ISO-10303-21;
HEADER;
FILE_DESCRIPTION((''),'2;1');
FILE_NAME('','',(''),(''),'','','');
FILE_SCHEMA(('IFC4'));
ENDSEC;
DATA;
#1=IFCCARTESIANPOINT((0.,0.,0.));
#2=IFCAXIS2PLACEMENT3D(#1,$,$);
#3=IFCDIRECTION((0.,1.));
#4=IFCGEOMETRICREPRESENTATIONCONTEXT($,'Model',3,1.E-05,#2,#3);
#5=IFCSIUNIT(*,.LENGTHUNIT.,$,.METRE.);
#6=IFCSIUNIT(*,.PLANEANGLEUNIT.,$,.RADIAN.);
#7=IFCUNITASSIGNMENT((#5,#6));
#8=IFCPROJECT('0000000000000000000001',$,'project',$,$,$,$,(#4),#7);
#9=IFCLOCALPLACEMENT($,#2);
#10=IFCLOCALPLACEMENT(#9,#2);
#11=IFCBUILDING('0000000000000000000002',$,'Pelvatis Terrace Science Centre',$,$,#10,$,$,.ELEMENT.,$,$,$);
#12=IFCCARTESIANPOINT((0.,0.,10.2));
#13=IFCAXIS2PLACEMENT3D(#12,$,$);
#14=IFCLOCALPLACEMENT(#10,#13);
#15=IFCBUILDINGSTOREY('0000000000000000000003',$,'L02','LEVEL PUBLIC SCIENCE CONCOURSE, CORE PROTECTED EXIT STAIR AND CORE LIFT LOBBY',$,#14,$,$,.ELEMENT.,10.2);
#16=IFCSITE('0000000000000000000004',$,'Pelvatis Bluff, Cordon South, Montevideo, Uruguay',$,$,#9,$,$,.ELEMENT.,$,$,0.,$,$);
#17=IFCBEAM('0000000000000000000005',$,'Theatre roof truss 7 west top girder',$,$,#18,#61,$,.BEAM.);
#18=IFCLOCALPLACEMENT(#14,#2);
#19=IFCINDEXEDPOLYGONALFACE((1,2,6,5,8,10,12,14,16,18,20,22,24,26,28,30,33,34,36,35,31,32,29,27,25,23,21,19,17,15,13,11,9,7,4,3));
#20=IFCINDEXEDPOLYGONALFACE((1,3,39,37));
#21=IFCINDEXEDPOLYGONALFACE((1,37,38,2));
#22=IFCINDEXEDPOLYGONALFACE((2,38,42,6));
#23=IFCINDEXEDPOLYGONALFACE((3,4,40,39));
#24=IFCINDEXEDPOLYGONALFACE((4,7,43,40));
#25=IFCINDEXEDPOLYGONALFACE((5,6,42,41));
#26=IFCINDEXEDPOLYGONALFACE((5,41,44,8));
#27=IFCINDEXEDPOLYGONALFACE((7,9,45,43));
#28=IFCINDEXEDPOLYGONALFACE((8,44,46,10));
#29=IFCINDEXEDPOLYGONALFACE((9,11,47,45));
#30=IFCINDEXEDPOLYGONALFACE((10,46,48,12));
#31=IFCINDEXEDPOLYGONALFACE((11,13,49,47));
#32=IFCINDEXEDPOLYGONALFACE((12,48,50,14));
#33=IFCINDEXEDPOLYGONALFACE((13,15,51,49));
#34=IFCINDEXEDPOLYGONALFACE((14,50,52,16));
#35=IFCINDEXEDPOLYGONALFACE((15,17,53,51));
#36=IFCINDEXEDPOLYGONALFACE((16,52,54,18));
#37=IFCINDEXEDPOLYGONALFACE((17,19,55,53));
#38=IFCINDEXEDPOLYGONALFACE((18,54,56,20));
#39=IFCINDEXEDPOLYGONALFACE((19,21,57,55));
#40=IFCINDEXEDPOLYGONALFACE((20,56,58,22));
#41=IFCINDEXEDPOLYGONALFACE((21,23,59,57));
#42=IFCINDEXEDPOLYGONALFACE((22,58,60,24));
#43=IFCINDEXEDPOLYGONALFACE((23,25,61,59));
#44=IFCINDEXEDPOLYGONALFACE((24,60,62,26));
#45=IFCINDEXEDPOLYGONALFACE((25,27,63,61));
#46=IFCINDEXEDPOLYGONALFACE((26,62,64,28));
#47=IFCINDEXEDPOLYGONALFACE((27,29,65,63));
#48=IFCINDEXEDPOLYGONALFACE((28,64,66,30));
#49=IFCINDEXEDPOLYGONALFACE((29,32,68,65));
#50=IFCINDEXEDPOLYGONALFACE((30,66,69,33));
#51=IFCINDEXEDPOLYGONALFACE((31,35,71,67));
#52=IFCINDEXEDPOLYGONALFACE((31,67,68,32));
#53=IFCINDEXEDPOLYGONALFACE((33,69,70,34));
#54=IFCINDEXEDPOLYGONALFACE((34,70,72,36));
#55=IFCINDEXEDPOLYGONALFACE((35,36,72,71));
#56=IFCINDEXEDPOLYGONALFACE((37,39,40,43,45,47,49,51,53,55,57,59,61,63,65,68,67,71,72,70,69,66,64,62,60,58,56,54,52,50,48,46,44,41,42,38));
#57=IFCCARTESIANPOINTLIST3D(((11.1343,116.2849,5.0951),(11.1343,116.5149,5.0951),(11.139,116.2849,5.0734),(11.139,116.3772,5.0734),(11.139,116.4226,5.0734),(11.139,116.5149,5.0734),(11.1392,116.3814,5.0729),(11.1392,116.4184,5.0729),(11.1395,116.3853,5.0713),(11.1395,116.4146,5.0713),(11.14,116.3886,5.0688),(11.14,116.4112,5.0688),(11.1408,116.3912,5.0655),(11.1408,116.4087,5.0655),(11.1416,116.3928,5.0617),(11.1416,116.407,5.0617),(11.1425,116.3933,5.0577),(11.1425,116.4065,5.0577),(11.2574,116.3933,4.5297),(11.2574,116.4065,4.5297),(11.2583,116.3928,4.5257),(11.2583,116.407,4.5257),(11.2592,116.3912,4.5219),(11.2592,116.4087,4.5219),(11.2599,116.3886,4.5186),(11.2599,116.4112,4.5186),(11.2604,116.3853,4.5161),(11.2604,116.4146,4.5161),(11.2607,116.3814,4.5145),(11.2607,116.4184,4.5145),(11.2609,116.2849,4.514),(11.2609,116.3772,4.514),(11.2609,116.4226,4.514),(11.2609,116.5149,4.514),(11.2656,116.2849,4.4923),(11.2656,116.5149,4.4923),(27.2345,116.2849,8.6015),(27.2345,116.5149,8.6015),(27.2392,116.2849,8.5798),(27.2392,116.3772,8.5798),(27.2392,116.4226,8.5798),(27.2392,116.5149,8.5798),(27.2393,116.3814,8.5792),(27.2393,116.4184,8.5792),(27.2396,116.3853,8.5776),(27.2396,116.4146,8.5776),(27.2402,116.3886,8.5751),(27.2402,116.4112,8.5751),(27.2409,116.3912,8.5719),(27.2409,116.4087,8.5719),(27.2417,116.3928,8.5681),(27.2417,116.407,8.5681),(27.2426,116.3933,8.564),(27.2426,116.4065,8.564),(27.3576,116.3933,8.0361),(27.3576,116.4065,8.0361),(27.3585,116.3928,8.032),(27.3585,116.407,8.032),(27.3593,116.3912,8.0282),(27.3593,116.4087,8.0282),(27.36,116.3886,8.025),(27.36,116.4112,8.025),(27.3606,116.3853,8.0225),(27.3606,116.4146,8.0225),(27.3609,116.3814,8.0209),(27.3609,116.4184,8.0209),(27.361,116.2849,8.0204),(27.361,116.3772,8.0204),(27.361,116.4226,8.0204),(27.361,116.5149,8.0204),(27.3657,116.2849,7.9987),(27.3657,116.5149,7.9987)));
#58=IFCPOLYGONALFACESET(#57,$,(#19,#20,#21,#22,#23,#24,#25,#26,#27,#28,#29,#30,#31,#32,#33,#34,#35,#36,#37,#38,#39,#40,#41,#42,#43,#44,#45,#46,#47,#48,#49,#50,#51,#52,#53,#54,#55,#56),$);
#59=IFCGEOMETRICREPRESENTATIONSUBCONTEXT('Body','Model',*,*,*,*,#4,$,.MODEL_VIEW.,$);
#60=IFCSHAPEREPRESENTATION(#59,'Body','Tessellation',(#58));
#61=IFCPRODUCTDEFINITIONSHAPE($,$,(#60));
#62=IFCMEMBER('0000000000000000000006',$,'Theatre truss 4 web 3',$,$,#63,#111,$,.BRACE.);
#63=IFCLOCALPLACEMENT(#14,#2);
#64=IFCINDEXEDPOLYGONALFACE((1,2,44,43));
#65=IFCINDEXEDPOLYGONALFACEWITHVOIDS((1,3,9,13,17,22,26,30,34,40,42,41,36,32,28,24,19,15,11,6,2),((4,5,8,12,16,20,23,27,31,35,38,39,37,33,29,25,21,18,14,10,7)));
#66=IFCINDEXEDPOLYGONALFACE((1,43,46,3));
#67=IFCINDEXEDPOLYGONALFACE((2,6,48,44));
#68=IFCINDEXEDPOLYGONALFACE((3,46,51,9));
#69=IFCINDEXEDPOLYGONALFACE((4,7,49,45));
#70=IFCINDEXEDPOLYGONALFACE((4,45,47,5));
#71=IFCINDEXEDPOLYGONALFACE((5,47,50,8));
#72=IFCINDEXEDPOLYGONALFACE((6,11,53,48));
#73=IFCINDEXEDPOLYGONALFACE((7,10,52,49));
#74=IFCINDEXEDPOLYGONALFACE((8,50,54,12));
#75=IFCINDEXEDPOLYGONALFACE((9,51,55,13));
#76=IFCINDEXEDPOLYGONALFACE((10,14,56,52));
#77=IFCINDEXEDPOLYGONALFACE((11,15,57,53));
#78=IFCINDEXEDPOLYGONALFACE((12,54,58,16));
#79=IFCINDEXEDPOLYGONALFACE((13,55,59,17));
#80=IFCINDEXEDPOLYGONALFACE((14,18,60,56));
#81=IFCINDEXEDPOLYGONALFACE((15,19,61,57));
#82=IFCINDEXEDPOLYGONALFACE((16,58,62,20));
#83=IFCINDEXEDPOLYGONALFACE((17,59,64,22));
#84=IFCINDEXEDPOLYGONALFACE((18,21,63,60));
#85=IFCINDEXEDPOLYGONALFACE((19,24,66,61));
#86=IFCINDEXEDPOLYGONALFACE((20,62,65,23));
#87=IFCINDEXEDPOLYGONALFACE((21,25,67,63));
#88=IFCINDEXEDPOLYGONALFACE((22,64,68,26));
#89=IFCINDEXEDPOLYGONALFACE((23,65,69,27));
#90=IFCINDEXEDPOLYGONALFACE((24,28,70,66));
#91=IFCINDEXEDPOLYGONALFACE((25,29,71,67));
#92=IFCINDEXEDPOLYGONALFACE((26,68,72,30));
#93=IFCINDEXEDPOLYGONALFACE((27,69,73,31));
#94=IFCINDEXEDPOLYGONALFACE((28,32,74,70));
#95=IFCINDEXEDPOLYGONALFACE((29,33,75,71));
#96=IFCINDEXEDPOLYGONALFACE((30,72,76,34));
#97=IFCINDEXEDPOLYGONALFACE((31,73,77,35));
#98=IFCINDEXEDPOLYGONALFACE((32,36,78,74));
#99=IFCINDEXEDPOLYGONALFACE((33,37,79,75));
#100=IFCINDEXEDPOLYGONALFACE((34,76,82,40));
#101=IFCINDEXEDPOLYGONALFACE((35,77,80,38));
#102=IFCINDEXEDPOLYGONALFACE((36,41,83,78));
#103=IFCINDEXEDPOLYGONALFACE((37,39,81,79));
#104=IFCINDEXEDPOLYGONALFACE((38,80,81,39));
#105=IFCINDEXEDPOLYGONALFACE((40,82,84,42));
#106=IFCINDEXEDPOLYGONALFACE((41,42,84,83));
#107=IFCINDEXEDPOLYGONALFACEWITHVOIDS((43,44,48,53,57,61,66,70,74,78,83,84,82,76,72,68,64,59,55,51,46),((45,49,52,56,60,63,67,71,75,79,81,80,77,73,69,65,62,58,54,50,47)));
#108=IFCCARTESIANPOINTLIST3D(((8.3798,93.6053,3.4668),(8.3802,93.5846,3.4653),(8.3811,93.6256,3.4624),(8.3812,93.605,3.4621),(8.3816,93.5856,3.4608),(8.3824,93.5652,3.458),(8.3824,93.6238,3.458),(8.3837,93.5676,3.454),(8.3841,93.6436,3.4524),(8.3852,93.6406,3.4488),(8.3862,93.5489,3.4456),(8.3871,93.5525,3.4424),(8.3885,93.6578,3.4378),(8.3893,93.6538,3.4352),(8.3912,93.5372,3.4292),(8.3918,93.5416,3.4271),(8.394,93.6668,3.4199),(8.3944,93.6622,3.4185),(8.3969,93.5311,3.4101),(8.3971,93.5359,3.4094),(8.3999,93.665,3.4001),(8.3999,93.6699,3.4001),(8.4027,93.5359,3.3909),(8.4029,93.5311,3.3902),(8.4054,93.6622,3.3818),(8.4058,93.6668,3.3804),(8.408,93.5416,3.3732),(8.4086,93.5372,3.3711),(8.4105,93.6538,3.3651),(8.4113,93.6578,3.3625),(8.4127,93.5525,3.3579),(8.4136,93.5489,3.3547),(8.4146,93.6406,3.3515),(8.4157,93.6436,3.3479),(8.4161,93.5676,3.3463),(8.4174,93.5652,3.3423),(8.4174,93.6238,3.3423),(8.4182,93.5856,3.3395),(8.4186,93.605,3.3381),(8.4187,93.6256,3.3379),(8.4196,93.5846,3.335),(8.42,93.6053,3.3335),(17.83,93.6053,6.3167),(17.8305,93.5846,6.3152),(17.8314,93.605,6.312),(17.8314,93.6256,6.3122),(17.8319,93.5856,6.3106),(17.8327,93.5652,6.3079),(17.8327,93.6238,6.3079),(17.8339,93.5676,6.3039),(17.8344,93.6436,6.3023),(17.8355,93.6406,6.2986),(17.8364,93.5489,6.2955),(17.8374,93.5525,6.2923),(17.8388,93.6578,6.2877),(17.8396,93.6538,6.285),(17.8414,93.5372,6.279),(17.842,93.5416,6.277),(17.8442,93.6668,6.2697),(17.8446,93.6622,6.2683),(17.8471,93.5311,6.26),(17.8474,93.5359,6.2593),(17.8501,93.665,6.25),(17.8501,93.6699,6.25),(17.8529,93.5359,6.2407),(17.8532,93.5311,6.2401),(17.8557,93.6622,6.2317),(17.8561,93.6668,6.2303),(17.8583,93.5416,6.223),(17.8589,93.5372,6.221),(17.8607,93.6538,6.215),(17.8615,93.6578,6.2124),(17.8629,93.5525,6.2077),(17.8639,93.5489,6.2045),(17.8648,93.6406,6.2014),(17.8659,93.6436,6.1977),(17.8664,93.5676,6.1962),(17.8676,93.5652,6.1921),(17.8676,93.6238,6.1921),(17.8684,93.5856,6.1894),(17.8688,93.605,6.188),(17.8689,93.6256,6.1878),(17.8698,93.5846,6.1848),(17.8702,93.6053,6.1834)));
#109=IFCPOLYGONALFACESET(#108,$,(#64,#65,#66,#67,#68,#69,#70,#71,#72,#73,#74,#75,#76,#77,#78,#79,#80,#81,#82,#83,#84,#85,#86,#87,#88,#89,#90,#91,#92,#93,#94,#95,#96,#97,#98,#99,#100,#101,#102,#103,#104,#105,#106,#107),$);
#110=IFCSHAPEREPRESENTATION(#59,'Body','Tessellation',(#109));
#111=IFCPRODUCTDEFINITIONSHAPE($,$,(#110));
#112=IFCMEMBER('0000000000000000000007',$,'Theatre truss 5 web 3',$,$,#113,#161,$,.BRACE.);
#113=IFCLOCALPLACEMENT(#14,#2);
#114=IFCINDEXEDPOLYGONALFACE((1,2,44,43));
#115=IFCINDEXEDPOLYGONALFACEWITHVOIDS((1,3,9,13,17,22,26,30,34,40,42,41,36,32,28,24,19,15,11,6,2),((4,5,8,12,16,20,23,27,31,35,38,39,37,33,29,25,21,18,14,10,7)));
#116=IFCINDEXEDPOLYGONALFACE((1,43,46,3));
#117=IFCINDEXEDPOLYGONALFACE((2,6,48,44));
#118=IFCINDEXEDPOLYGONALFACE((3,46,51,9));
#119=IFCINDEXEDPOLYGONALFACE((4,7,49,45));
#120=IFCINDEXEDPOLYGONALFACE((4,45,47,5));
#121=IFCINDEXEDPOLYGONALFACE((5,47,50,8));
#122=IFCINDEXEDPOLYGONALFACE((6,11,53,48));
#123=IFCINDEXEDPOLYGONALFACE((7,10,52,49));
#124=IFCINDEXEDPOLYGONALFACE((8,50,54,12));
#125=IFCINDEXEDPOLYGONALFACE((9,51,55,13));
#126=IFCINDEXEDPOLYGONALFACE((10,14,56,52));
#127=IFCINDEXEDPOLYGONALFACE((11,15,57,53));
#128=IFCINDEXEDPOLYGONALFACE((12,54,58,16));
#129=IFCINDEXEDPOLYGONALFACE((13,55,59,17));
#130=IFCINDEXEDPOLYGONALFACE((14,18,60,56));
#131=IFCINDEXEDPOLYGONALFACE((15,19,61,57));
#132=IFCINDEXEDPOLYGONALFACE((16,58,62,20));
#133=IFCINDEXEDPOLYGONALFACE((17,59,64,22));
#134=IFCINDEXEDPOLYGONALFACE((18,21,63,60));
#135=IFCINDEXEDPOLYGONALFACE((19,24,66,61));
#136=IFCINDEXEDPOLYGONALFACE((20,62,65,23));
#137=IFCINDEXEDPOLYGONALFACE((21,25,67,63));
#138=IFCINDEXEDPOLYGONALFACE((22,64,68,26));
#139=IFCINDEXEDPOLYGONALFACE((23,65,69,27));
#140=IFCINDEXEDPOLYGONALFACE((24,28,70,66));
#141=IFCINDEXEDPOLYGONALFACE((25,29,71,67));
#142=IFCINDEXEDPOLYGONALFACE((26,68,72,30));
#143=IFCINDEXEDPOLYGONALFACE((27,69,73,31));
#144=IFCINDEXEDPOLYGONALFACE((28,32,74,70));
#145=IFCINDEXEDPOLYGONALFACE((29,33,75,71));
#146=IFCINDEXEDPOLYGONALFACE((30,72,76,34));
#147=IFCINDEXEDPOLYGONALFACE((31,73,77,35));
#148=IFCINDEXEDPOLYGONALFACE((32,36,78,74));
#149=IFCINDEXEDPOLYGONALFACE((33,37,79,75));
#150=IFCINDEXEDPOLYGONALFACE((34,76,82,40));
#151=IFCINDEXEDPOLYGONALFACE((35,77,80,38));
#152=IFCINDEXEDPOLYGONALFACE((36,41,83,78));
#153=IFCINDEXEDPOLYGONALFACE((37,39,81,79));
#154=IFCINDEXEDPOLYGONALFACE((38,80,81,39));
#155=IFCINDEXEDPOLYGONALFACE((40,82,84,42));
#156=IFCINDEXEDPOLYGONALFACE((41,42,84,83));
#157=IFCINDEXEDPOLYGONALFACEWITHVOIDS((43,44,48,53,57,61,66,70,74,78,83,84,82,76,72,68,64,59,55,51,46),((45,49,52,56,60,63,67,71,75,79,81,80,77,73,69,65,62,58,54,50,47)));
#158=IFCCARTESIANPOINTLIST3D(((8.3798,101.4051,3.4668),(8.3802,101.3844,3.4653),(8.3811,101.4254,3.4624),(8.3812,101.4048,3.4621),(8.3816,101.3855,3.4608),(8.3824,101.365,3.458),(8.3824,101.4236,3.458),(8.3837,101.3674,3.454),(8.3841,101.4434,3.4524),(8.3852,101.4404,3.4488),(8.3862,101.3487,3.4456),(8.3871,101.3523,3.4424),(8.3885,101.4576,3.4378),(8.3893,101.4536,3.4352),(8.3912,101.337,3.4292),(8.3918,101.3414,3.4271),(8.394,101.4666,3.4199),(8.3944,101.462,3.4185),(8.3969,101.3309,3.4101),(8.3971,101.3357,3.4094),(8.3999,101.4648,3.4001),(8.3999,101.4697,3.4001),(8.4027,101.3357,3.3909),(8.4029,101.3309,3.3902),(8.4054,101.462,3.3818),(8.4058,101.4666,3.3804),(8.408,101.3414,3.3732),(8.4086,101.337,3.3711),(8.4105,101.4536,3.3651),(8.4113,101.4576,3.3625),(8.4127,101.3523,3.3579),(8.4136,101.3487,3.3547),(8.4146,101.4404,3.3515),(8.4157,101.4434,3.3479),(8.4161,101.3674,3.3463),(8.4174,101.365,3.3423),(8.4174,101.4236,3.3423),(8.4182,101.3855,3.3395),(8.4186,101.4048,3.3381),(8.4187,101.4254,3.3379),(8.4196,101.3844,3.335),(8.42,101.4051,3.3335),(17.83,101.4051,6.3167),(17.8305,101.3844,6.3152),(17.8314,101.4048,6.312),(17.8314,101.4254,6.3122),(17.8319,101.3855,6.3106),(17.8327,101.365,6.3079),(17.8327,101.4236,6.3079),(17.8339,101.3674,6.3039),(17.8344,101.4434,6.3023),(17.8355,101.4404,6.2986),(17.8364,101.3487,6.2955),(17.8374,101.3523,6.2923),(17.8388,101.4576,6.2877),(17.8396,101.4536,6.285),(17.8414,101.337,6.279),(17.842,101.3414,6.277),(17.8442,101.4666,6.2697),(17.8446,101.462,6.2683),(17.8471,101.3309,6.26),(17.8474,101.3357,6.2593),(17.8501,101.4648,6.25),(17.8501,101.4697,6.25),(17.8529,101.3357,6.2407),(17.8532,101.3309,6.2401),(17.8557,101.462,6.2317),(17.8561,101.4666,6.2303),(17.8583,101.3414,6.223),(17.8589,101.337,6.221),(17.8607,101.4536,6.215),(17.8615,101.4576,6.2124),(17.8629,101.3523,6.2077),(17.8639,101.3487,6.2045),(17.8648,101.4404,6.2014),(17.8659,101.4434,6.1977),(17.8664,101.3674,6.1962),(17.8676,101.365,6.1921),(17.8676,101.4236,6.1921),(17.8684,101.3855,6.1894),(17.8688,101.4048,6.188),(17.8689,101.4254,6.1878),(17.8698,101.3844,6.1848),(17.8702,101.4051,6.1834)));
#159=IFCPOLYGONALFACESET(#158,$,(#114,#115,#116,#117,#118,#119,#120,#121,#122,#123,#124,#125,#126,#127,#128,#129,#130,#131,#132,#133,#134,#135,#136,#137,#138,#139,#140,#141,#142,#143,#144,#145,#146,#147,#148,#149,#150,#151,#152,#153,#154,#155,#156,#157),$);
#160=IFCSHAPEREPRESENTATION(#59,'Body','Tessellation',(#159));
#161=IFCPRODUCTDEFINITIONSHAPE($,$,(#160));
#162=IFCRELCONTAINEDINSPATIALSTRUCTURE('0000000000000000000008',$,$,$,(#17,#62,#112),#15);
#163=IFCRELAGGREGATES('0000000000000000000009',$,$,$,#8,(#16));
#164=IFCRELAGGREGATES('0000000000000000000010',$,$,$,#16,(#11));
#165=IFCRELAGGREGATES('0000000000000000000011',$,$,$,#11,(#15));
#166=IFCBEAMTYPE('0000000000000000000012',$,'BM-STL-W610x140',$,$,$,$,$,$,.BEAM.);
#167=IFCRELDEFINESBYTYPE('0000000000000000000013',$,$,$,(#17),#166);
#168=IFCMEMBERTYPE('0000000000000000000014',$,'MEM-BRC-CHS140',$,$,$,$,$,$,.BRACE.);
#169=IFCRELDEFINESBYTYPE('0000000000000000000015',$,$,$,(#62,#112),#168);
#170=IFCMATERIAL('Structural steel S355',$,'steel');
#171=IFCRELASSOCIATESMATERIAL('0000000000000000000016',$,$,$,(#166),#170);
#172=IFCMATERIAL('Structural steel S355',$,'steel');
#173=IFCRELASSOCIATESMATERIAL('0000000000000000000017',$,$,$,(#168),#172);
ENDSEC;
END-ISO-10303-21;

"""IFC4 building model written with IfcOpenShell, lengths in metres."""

from ifc_helpers import new_model, si_unit, direction, frame, origin, origin_2d, place, context, subcontext, project, spatial, hollow_circle, i_section, extrude, material, material_profile, profile_set, type_object, element, save


model = new_model("IFC4")

# Units and contexts
model_context = context("Model", 3, precision=1e-05, world=origin(), true_north=direction((0.0, 1.0)))
body_context = subcontext(model_context, "Body", "Model", "MODEL_VIEW")
ifc_project = project(units=[si_unit("LENGTHUNIT", "METRE"), si_unit("PLANEANGLEUNIT", "RADIAN")], contexts=[model_context])

# Site, building, storey
site_placement = place(None, origin())
site = spatial("IfcSite", under=ifc_project, at=site_placement, Name="Pelvatis Bluff, Cordon South, Montevideo, Uruguay", CompositionType="ELEMENT", RefElevation=0.0)
building_placement = place(site_placement, origin())
building = spatial("IfcBuilding", under=site, at=building_placement, Name="Pelvatis Terrace Science Centre", CompositionType="ELEMENT")
storey_placement = place(building_placement, frame((0.0, 0.0, 10.2)))
storey = spatial("IfcBuildingStorey", under=building, at=storey_placement, Name="L02", Description="LEVEL PUBLIC SCIENCE CONCOURSE, CORE PROTECTED EXIT STAIR AND CORE LIFT LOBBY", CompositionType="ELEMENT", Elevation=10.2)

# Beam
ifc_material_1 = material(Name="Structural steel S355", Category="steel")
ifc_material_profile_1 = material_profile(ifc_material_1, i_section(OverallWidth=0.23, OverallDepth=0.6169, WebThickness=0.0132, FlangeThickness=0.0222, FilletRadius=0.0161, at=origin_2d()), Name="W610x140")
ifc_profile_set_1 = profile_set([ifc_material_profile_1], Name="Structural steel S355")
beam_type_1 = type_object("IfcBeamType", Name="BM-STL-W610x140", PredefinedType="BEAM", material=ifc_profile_set_1)
beam_1_placement = place(storey_placement, frame((11.2, 116.3999, 4.7937), z_axis=(0.977097, 0.0, 0.212796), x_axis=(0.0, 1.0, 0.0)))
element("IfcBeam", 1, at=beam_1_placement, inside=storey, type_object=beam_type_1, Name="Theatre roof truss 7 west top girder", PredefinedType="BEAM", context=body_context, shape_type="SweptSolid", body=[
    extrude(i_section(OverallWidth=0.23, OverallDepth=0.6169, WebThickness=0.0132, FlangeThickness=0.0222, FilletRadius=0.0161, at=origin_2d()), origin(), (0.0, 0.0, 1.0), 16.4775),
])

# Members
ifc_material_2 = material(Name="Structural steel S355", Category="steel")
ifc_material_profile_2 = material_profile(ifc_material_2, hollow_circle(Radius=0.0698, WallThickness=0.0049, at=origin_2d()), Name="CHS 139.7x5.0")
ifc_profile_set_2 = profile_set([ifc_material_profile_2], Name="Structural steel S355")
member_type = type_object("IfcMemberType", Name="MEM-BRC-CHS140", PredefinedType="BRACE", material=ifc_profile_set_2)
for number, where, z_axis, x_axis, name in (
    (2, (8.3999, 93.6001, 3.4001), (0.957413, 0.0, 0.288723), (0.0, 1.0, 0.0), "Theatre truss 4 web 3"),
    (3, (8.3999, 101.3999, 3.4001), (0.957413, 0.0, 0.288723), (0.0, 1.0, 0.0), "Theatre truss 5 web 3"),
):
    element("IfcMember", number, at=place(storey_placement, frame(where, z_axis=z_axis, x_axis=x_axis)), inside=storey, type_object=member_type, Name=name, PredefinedType="BRACE", context=body_context, shape_type="SweptSolid", body=[
        extrude(hollow_circle(Radius=0.0698, WallThickness=0.0049, at=origin_2d()), origin(), (0.0, 0.0, 1.0), 9.8706),
    ])

save(model, "model.ifc")
